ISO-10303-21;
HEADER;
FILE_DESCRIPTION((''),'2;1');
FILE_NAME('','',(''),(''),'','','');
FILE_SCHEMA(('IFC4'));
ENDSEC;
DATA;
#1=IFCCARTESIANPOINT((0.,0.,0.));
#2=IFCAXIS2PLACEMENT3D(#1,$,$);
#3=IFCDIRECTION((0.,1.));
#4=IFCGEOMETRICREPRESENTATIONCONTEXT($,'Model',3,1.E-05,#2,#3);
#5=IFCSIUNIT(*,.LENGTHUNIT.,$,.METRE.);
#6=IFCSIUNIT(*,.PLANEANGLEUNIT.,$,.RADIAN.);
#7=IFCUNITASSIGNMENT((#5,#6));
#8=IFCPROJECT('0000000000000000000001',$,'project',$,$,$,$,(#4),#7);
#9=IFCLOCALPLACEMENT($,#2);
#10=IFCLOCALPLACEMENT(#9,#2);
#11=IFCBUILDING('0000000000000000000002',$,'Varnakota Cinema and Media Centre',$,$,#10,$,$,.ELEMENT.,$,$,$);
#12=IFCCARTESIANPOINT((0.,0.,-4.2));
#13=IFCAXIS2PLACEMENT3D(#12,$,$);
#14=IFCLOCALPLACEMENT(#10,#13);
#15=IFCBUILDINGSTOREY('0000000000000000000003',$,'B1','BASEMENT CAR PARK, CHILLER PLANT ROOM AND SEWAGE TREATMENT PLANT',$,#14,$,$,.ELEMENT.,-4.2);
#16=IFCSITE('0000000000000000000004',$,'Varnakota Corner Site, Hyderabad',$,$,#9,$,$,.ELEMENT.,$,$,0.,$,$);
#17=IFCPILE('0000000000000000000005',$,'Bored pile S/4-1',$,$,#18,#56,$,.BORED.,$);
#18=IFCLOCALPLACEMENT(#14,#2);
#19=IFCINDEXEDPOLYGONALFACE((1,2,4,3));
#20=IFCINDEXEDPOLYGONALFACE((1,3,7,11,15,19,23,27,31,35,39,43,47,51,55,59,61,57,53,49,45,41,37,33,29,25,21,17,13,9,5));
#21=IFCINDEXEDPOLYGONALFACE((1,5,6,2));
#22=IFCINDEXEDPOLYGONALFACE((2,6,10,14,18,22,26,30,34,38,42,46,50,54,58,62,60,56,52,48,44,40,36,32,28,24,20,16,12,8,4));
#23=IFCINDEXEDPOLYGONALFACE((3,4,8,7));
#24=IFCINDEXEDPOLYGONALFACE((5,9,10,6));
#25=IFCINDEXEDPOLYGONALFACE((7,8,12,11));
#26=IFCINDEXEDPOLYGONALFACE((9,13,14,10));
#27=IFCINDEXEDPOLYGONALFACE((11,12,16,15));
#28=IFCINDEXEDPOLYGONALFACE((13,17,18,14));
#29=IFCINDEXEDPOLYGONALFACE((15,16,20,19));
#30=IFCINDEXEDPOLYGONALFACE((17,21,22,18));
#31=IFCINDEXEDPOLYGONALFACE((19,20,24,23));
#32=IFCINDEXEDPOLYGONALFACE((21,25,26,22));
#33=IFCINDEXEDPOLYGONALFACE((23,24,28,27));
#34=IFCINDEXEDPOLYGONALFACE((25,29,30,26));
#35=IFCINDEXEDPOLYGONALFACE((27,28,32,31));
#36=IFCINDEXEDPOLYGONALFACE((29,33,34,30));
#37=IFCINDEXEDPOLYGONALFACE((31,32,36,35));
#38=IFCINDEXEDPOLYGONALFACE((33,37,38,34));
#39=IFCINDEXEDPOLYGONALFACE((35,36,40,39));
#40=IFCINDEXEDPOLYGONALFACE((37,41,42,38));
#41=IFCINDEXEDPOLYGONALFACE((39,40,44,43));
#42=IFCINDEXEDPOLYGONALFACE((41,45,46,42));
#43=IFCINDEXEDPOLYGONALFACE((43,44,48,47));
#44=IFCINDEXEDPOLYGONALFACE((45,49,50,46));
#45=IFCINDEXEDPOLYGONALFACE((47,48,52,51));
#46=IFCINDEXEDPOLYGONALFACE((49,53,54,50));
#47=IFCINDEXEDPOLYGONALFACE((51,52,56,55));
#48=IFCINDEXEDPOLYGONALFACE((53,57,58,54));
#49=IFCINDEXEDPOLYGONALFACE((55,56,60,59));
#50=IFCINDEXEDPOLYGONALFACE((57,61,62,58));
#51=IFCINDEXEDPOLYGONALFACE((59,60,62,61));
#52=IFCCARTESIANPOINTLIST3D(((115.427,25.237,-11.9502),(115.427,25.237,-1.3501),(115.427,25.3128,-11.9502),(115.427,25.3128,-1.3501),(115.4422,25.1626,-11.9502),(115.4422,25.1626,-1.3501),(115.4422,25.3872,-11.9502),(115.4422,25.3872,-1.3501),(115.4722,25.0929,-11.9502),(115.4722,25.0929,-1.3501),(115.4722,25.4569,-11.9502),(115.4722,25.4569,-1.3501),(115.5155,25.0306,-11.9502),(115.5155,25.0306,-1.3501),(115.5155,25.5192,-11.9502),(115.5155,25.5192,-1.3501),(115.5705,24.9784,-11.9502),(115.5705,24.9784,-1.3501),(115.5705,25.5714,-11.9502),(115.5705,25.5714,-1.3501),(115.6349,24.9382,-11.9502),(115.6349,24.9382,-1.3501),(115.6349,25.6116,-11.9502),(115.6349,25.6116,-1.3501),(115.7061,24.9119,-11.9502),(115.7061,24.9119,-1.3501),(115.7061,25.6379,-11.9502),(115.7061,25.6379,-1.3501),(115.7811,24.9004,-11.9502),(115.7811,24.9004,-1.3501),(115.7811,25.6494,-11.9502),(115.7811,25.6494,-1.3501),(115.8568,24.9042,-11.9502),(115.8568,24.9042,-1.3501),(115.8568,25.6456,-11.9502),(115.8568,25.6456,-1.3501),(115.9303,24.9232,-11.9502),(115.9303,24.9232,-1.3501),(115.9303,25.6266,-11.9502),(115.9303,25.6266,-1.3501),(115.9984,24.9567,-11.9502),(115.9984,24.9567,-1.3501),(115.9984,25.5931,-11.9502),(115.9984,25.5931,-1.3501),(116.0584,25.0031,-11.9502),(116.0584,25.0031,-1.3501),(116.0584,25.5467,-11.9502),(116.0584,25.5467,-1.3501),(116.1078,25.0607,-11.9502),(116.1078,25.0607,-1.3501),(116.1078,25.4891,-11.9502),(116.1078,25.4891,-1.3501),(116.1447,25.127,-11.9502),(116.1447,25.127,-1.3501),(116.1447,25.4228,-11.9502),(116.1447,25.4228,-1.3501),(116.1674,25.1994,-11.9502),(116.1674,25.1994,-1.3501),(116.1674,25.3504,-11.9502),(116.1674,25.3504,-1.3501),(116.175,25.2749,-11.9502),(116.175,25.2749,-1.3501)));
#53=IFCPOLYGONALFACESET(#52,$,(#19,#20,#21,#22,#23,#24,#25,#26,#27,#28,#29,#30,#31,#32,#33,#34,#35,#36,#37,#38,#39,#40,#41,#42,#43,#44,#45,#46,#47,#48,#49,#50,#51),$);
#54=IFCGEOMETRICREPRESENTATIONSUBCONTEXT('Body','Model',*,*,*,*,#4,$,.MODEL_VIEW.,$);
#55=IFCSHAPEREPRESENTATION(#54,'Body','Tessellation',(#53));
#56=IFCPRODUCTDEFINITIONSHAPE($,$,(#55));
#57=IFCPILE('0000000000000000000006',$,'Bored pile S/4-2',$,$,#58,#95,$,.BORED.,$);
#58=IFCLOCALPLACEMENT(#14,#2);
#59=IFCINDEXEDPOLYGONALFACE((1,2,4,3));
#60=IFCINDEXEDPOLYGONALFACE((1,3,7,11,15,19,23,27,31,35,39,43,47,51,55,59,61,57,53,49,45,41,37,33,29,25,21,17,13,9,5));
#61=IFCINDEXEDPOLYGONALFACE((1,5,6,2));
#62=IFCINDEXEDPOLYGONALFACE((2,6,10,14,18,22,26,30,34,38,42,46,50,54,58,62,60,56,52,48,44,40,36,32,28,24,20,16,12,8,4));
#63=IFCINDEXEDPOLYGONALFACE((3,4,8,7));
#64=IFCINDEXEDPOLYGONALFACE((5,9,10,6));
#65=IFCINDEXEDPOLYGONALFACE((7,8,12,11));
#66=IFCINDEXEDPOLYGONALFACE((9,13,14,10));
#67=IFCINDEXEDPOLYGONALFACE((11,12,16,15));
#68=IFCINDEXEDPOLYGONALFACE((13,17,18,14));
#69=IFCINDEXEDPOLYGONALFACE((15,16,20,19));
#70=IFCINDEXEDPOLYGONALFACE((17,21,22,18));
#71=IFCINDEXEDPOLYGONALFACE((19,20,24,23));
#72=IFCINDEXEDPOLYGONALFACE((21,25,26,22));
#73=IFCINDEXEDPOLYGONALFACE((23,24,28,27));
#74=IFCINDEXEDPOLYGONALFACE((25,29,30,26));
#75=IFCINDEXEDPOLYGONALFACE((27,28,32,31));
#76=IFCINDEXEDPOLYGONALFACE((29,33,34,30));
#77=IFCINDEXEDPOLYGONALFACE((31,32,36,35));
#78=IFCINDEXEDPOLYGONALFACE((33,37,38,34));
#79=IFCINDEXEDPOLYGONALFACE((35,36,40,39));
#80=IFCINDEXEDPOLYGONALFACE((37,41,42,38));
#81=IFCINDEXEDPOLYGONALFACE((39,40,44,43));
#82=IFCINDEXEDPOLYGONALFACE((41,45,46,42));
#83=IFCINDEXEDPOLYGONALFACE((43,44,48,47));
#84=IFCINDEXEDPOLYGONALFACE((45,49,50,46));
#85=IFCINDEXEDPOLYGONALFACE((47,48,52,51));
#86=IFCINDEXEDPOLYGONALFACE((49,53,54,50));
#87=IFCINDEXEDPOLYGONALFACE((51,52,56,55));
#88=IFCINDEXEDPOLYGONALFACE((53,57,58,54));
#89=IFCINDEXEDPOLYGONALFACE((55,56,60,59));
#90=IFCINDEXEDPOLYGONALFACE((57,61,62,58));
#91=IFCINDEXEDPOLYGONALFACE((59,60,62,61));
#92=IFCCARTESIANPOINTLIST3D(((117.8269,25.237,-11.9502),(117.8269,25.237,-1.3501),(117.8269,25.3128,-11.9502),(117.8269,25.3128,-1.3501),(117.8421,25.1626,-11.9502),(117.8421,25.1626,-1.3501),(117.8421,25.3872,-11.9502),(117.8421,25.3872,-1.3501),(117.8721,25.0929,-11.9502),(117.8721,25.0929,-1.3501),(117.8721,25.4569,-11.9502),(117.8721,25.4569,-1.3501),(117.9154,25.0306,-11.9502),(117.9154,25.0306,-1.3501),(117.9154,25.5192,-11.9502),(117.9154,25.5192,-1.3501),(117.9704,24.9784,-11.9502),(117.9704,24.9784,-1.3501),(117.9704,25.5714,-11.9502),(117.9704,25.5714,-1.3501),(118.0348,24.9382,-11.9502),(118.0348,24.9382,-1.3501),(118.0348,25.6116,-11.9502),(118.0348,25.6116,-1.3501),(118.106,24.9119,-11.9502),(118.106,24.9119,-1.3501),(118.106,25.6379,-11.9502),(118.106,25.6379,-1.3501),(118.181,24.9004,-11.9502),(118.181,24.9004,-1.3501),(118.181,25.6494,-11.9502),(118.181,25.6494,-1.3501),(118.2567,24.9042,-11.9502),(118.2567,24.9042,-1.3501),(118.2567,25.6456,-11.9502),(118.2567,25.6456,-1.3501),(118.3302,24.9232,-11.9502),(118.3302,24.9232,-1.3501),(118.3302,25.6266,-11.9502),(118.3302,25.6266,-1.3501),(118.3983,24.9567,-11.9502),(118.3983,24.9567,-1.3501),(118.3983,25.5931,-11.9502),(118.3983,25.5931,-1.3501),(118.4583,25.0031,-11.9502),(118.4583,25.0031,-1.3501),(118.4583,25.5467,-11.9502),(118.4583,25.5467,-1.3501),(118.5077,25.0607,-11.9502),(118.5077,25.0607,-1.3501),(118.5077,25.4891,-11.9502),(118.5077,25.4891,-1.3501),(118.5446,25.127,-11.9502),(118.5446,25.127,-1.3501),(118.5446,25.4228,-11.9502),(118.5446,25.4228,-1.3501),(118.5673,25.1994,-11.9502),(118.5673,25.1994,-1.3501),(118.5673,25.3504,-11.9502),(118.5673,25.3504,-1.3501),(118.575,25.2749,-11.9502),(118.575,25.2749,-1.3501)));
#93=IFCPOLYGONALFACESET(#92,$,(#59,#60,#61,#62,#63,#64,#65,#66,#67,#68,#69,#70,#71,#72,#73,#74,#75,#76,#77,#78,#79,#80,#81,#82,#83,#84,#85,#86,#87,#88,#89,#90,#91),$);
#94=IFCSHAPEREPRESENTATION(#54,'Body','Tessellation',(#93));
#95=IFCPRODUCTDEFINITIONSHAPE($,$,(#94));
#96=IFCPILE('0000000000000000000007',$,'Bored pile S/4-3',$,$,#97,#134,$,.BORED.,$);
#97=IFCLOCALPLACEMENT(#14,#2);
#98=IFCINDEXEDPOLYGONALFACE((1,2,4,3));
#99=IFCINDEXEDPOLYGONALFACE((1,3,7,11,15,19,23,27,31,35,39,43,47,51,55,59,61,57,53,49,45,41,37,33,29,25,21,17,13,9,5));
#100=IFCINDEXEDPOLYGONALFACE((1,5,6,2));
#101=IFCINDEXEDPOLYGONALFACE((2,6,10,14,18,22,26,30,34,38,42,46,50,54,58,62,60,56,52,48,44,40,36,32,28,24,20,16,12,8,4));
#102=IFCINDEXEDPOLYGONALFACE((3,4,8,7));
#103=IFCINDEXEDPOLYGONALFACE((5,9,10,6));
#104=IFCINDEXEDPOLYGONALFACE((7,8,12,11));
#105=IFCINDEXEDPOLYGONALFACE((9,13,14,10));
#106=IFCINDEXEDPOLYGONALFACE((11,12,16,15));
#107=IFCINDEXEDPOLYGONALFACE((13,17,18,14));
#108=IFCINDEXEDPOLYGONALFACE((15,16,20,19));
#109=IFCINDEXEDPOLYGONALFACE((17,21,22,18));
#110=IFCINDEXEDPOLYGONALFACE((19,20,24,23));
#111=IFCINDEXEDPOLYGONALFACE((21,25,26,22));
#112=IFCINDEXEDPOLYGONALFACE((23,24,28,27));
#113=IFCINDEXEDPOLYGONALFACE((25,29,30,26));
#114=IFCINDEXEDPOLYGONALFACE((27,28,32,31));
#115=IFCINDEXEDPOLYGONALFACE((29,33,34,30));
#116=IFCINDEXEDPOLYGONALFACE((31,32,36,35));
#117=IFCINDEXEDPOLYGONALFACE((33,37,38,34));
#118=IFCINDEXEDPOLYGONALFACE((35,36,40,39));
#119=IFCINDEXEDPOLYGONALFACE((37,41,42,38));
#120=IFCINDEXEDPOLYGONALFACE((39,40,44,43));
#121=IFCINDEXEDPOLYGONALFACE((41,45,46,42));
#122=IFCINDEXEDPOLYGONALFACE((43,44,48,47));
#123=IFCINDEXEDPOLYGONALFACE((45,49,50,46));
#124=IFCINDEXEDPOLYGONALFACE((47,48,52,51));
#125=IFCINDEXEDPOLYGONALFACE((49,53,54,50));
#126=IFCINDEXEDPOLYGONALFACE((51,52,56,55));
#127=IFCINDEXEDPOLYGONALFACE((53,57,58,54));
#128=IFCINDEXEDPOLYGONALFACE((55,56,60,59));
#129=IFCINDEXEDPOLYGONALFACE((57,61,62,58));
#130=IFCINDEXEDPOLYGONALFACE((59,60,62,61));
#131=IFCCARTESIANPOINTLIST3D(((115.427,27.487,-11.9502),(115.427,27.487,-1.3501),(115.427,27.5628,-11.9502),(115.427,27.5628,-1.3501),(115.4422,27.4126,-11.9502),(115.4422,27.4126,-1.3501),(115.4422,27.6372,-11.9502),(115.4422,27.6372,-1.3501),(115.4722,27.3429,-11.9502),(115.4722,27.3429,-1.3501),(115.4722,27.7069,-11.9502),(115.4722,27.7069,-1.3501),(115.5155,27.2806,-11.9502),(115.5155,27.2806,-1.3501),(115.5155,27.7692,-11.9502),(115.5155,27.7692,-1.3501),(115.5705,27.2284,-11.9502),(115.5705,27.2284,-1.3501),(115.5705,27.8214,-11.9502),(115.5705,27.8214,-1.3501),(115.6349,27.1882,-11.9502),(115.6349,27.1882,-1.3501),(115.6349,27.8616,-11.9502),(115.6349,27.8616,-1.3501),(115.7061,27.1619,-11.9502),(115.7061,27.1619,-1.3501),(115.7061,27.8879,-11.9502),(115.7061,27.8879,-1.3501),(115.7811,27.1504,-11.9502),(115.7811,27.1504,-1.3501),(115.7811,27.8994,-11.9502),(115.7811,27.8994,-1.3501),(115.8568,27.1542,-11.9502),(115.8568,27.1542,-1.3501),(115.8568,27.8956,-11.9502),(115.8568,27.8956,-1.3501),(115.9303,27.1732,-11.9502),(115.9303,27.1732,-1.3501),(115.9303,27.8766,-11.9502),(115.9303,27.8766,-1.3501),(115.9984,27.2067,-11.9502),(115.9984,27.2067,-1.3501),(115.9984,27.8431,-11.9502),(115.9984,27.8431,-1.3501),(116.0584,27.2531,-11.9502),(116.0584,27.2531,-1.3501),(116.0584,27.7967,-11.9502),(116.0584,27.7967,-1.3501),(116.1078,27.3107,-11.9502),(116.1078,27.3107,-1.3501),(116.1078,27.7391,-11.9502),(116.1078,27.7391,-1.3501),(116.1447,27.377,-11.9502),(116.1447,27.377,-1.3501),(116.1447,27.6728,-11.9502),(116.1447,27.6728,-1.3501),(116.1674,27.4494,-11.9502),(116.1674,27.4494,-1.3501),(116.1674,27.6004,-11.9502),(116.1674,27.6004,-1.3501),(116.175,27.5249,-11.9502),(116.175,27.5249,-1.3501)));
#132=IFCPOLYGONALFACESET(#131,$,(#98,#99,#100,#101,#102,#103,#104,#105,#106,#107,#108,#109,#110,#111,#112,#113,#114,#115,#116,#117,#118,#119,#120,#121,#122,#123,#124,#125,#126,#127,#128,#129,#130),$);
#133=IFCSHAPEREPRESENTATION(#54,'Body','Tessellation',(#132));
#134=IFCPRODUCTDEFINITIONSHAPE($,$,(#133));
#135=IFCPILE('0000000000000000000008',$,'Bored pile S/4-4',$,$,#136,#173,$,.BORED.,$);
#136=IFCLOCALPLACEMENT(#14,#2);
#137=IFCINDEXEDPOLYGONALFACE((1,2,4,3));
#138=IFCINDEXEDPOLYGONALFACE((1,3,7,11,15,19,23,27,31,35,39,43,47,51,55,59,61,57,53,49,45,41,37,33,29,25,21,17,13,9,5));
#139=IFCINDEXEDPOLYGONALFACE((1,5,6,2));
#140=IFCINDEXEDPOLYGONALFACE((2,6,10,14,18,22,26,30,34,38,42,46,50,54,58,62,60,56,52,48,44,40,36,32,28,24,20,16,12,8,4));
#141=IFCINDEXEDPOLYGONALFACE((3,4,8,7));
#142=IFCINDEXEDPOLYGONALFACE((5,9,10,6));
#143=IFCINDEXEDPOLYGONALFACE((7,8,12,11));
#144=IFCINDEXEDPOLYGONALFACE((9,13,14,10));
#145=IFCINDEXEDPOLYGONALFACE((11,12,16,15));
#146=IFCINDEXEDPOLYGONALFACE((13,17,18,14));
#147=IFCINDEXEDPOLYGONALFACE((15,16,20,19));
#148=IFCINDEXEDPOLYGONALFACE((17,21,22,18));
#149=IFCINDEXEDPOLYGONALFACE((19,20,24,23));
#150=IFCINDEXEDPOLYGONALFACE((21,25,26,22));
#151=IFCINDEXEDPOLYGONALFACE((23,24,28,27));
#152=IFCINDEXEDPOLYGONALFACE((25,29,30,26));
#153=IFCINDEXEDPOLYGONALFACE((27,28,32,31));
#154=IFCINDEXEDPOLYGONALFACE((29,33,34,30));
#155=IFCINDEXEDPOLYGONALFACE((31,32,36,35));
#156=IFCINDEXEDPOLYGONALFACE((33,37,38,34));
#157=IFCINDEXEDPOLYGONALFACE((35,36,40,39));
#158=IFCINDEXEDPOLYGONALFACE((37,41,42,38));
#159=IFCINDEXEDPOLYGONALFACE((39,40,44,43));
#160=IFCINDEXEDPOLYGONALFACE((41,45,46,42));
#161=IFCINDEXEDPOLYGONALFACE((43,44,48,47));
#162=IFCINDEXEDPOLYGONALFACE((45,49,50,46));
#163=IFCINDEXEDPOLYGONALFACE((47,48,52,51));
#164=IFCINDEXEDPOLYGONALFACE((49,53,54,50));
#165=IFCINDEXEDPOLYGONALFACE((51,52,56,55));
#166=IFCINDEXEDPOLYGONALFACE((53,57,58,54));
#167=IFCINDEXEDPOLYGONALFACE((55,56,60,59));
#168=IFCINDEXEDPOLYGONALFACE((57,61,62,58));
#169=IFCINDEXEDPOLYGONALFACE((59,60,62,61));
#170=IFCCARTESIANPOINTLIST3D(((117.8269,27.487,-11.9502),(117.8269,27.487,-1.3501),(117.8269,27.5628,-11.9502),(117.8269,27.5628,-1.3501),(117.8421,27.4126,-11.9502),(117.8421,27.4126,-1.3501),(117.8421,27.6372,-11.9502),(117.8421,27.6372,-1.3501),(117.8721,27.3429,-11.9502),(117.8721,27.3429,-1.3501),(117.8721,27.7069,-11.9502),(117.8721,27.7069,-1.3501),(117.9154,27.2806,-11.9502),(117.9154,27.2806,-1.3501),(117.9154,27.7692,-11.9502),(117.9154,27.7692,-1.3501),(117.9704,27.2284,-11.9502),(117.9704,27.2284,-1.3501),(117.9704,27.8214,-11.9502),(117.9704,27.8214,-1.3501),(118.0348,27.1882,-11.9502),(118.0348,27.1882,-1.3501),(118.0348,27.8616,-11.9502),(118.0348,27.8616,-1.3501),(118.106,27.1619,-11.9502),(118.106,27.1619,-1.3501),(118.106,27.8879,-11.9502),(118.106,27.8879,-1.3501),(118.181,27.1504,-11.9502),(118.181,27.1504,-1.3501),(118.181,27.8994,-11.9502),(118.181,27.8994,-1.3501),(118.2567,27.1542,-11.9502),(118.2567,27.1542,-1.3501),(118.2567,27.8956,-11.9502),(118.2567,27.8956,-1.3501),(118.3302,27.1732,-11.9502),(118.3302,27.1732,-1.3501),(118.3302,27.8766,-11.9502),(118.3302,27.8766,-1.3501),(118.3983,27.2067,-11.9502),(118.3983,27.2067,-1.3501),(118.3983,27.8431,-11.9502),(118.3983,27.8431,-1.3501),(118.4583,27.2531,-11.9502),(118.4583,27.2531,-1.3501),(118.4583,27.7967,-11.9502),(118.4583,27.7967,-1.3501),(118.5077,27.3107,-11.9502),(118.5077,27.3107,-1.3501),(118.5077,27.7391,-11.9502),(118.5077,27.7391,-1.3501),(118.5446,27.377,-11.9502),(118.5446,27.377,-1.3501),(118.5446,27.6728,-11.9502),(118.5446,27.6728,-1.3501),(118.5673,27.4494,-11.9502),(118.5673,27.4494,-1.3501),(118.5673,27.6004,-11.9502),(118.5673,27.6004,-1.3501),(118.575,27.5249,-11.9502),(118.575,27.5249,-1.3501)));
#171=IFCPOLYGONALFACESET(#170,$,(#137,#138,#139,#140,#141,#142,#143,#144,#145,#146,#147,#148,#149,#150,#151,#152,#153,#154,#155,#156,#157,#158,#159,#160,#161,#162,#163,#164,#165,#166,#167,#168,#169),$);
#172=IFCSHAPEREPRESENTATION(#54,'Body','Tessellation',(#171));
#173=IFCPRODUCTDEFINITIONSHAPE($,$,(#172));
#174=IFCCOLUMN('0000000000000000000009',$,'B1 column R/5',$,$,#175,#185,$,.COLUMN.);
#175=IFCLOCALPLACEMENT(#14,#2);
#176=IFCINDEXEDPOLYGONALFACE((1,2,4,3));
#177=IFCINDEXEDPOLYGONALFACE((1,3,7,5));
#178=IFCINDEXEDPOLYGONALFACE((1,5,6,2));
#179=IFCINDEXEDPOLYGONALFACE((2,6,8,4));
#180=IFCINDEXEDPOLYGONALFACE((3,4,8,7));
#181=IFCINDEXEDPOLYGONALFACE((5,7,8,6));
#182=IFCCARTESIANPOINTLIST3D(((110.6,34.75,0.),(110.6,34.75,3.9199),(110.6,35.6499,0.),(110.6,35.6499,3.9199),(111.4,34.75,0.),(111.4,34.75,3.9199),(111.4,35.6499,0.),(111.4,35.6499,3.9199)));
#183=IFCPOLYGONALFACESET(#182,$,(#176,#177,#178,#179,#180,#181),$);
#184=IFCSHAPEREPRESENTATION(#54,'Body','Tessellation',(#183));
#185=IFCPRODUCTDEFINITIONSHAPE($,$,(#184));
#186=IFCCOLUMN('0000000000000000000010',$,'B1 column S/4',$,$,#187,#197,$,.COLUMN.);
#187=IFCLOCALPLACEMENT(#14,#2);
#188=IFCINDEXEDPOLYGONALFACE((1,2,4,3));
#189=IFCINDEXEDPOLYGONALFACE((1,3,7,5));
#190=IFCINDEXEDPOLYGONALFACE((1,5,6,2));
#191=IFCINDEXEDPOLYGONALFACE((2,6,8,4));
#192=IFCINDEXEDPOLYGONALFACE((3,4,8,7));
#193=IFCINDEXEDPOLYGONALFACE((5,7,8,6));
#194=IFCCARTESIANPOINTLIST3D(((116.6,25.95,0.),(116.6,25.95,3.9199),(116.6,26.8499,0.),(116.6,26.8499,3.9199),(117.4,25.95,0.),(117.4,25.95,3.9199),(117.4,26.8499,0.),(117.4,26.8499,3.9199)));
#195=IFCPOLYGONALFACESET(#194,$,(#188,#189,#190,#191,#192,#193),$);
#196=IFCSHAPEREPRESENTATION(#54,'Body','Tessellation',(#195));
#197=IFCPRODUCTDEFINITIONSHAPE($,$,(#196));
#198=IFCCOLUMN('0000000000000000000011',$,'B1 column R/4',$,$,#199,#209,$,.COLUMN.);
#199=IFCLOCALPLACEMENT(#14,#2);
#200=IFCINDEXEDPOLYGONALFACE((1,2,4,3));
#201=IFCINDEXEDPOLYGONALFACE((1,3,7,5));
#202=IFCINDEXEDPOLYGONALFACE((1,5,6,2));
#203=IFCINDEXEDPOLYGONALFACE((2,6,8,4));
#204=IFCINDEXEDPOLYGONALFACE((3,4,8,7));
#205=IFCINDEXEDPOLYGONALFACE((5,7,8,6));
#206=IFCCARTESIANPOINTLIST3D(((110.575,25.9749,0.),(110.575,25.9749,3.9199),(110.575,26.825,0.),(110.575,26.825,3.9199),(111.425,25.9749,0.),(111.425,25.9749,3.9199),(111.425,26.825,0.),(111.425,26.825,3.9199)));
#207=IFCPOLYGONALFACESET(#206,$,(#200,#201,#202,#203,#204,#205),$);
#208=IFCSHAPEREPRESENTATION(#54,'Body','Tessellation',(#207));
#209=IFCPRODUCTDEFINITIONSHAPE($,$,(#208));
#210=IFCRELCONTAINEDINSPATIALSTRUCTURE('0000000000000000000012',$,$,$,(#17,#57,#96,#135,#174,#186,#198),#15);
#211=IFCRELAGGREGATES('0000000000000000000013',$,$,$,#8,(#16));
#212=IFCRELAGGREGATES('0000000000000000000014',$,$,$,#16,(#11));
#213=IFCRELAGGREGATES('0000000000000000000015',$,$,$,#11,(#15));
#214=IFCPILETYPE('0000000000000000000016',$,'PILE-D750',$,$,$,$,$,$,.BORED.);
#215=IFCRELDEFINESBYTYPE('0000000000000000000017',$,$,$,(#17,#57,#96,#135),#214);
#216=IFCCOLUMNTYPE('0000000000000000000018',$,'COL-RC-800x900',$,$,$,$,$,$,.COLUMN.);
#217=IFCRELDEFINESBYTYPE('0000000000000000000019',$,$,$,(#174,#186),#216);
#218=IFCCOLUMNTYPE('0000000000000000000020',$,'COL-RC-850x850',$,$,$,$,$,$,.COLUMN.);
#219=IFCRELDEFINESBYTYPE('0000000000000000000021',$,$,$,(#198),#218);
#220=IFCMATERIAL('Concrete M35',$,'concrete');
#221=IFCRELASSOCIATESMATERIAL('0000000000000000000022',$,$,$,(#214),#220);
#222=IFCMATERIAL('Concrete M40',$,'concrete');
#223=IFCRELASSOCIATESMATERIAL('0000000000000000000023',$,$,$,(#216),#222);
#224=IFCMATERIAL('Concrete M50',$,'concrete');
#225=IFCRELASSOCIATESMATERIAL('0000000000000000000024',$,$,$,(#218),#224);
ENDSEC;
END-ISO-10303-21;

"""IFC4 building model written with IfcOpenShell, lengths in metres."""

from ifc_helpers import new_model, si_unit, direction, frame, origin, origin_2d, place, context, subcontext, project, spatial, rectangle, circle, extrude, material, material_profile, profile_set, type_object, element, save


model = new_model("IFC4")

# Units and contexts
model_context = context("Model", 3, precision=1e-05, world=origin(), true_north=direction((0.0, 1.0)))
body_context = subcontext(model_context, "Body", "Model", "MODEL_VIEW")
ifc_project = project(units=[si_unit("LENGTHUNIT", "METRE"), si_unit("PLANEANGLEUNIT", "RADIAN")], contexts=[model_context])

# Site, building, storey
site_placement = place(None, origin())
site = spatial("IfcSite", under=ifc_project, at=site_placement, Name="Varnakota Corner Site, Hyderabad", CompositionType="ELEMENT", RefElevation=0.0)
building_placement = place(site_placement, origin())
building = spatial("IfcBuilding", under=site, at=building_placement, Name="Varnakota Cinema and Media Centre", CompositionType="ELEMENT")
storey_placement = place(building_placement, frame((0.0, 0.0, -4.2)))
storey = spatial("IfcBuildingStorey", under=building, at=storey_placement, Name="B1", Description="BASEMENT CAR PARK, CHILLER PLANT ROOM AND SEWAGE TREATMENT PLANT", CompositionType="ELEMENT", Elevation=-4.2)

# Piles
ifc_material_1 = material(Name="Concrete M35", Category="concrete")
ifc_material_profile_1 = material_profile(ifc_material_1, circle(Radius=0.375, at=origin_2d()), Name="PILE D750")
ifc_profile_set_1 = profile_set([ifc_material_profile_1], Name="Concrete M35")
pile_type_1 = type_object("IfcPileType", Name="PILE-D750", PredefinedType="BORED", material=ifc_profile_set_1)
for number, where, z_axis, x_axis, name in (
    (1, (115.8, 25.2749, -1.3501), (0.0, 0.0, -1.0), (1.0, 0.0, 0.0), "Bored pile S/4-1"),
    (2, (118.2, 25.2749, -1.3501), (0.0, 0.0, -1.0), (1.0, 0.0, 0.0), "Bored pile S/4-2"),
    (3, (115.8, 27.5249, -1.3501), (0.0, 0.0, -1.0), (1.0, 0.0, 0.0), "Bored pile S/4-3"),
    (4, (118.2, 27.5249, -1.3501), (0.0, 0.0, -1.0), (1.0, 0.0, 0.0), "Bored pile S/4-4"),
):
    element("IfcPile", number, at=place(storey_placement, frame(where, z_axis=z_axis, x_axis=x_axis)), inside=storey, type_object=pile_type_1, Name=name, PredefinedType="BORED", context=body_context, shape_type="SweptSolid", body=[
        extrude(circle(Radius=0.375, at=origin_2d()), origin(), (0.0, 0.0, 1.0), 10.6001),
    ])

# Columns
ifc_material_2 = material(Name="Concrete M40", Category="concrete")
ifc_material_profile_2 = material_profile(ifc_material_2, rectangle(XDim=0.8, YDim=0.8999, at=origin_2d()), Name="RC 800x900")
ifc_profile_set_2 = profile_set([ifc_material_profile_2], Name="Concrete M40")
column_type_1 = type_object("IfcColumnType", Name="COL-RC-800x900", PredefinedType="COLUMN", material=ifc_profile_set_2)
for number, where, z_axis, x_axis, name in (
    (5, (111.0, 35.2, 0.0), (0.0, 0.0, 1.0), (1.0, 0.0, 0.0), "B1 column R/5"),
    (6, (117.0, 26.3999, 0.0), (0.0, 0.0, 1.0), (1.0, 0.0, 0.0), "B1 column S/4"),
):
    element("IfcColumn", number, at=place(storey_placement, frame(where, z_axis=z_axis, x_axis=x_axis)), inside=storey, type_object=column_type_1, Name=name, PredefinedType="COLUMN", context=body_context, shape_type="SweptSolid", body=[
        extrude(rectangle(XDim=0.8, YDim=0.8999, at=origin_2d()), origin(), (0.0, 0.0, 1.0), 3.9199),
    ])
ifc_material_3 = material(Name="Concrete M50", Category="concrete")
ifc_material_profile_3 = material_profile(ifc_material_3, rectangle(XDim=0.8501, YDim=0.8501, at=origin_2d()), Name="RC 850x850")
ifc_profile_set_3 = profile_set([ifc_material_profile_3], Name="Concrete M50")
column_type_2 = type_object("IfcColumnType", Name="COL-RC-850x850", PredefinedType="COLUMN", material=ifc_profile_set_3)
for number, where, z_axis, x_axis, name in (
    (7, (111.0, 26.3999, 0.0), (0.0, 0.0, 1.0), (1.0, 0.0, 0.0), "B1 column R/4"),
):
    element("IfcColumn", number, at=place(storey_placement, frame(where, z_axis=z_axis, x_axis=x_axis)), inside=storey, type_object=column_type_2, Name=name, PredefinedType="COLUMN", context=body_context, shape_type="SweptSolid", body=[
        extrude(rectangle(XDim=0.8501, YDim=0.8501, at=origin_2d()), origin(), (0.0, 0.0, 1.0), 3.9199),
    ])

save(model, "model.ifc")
